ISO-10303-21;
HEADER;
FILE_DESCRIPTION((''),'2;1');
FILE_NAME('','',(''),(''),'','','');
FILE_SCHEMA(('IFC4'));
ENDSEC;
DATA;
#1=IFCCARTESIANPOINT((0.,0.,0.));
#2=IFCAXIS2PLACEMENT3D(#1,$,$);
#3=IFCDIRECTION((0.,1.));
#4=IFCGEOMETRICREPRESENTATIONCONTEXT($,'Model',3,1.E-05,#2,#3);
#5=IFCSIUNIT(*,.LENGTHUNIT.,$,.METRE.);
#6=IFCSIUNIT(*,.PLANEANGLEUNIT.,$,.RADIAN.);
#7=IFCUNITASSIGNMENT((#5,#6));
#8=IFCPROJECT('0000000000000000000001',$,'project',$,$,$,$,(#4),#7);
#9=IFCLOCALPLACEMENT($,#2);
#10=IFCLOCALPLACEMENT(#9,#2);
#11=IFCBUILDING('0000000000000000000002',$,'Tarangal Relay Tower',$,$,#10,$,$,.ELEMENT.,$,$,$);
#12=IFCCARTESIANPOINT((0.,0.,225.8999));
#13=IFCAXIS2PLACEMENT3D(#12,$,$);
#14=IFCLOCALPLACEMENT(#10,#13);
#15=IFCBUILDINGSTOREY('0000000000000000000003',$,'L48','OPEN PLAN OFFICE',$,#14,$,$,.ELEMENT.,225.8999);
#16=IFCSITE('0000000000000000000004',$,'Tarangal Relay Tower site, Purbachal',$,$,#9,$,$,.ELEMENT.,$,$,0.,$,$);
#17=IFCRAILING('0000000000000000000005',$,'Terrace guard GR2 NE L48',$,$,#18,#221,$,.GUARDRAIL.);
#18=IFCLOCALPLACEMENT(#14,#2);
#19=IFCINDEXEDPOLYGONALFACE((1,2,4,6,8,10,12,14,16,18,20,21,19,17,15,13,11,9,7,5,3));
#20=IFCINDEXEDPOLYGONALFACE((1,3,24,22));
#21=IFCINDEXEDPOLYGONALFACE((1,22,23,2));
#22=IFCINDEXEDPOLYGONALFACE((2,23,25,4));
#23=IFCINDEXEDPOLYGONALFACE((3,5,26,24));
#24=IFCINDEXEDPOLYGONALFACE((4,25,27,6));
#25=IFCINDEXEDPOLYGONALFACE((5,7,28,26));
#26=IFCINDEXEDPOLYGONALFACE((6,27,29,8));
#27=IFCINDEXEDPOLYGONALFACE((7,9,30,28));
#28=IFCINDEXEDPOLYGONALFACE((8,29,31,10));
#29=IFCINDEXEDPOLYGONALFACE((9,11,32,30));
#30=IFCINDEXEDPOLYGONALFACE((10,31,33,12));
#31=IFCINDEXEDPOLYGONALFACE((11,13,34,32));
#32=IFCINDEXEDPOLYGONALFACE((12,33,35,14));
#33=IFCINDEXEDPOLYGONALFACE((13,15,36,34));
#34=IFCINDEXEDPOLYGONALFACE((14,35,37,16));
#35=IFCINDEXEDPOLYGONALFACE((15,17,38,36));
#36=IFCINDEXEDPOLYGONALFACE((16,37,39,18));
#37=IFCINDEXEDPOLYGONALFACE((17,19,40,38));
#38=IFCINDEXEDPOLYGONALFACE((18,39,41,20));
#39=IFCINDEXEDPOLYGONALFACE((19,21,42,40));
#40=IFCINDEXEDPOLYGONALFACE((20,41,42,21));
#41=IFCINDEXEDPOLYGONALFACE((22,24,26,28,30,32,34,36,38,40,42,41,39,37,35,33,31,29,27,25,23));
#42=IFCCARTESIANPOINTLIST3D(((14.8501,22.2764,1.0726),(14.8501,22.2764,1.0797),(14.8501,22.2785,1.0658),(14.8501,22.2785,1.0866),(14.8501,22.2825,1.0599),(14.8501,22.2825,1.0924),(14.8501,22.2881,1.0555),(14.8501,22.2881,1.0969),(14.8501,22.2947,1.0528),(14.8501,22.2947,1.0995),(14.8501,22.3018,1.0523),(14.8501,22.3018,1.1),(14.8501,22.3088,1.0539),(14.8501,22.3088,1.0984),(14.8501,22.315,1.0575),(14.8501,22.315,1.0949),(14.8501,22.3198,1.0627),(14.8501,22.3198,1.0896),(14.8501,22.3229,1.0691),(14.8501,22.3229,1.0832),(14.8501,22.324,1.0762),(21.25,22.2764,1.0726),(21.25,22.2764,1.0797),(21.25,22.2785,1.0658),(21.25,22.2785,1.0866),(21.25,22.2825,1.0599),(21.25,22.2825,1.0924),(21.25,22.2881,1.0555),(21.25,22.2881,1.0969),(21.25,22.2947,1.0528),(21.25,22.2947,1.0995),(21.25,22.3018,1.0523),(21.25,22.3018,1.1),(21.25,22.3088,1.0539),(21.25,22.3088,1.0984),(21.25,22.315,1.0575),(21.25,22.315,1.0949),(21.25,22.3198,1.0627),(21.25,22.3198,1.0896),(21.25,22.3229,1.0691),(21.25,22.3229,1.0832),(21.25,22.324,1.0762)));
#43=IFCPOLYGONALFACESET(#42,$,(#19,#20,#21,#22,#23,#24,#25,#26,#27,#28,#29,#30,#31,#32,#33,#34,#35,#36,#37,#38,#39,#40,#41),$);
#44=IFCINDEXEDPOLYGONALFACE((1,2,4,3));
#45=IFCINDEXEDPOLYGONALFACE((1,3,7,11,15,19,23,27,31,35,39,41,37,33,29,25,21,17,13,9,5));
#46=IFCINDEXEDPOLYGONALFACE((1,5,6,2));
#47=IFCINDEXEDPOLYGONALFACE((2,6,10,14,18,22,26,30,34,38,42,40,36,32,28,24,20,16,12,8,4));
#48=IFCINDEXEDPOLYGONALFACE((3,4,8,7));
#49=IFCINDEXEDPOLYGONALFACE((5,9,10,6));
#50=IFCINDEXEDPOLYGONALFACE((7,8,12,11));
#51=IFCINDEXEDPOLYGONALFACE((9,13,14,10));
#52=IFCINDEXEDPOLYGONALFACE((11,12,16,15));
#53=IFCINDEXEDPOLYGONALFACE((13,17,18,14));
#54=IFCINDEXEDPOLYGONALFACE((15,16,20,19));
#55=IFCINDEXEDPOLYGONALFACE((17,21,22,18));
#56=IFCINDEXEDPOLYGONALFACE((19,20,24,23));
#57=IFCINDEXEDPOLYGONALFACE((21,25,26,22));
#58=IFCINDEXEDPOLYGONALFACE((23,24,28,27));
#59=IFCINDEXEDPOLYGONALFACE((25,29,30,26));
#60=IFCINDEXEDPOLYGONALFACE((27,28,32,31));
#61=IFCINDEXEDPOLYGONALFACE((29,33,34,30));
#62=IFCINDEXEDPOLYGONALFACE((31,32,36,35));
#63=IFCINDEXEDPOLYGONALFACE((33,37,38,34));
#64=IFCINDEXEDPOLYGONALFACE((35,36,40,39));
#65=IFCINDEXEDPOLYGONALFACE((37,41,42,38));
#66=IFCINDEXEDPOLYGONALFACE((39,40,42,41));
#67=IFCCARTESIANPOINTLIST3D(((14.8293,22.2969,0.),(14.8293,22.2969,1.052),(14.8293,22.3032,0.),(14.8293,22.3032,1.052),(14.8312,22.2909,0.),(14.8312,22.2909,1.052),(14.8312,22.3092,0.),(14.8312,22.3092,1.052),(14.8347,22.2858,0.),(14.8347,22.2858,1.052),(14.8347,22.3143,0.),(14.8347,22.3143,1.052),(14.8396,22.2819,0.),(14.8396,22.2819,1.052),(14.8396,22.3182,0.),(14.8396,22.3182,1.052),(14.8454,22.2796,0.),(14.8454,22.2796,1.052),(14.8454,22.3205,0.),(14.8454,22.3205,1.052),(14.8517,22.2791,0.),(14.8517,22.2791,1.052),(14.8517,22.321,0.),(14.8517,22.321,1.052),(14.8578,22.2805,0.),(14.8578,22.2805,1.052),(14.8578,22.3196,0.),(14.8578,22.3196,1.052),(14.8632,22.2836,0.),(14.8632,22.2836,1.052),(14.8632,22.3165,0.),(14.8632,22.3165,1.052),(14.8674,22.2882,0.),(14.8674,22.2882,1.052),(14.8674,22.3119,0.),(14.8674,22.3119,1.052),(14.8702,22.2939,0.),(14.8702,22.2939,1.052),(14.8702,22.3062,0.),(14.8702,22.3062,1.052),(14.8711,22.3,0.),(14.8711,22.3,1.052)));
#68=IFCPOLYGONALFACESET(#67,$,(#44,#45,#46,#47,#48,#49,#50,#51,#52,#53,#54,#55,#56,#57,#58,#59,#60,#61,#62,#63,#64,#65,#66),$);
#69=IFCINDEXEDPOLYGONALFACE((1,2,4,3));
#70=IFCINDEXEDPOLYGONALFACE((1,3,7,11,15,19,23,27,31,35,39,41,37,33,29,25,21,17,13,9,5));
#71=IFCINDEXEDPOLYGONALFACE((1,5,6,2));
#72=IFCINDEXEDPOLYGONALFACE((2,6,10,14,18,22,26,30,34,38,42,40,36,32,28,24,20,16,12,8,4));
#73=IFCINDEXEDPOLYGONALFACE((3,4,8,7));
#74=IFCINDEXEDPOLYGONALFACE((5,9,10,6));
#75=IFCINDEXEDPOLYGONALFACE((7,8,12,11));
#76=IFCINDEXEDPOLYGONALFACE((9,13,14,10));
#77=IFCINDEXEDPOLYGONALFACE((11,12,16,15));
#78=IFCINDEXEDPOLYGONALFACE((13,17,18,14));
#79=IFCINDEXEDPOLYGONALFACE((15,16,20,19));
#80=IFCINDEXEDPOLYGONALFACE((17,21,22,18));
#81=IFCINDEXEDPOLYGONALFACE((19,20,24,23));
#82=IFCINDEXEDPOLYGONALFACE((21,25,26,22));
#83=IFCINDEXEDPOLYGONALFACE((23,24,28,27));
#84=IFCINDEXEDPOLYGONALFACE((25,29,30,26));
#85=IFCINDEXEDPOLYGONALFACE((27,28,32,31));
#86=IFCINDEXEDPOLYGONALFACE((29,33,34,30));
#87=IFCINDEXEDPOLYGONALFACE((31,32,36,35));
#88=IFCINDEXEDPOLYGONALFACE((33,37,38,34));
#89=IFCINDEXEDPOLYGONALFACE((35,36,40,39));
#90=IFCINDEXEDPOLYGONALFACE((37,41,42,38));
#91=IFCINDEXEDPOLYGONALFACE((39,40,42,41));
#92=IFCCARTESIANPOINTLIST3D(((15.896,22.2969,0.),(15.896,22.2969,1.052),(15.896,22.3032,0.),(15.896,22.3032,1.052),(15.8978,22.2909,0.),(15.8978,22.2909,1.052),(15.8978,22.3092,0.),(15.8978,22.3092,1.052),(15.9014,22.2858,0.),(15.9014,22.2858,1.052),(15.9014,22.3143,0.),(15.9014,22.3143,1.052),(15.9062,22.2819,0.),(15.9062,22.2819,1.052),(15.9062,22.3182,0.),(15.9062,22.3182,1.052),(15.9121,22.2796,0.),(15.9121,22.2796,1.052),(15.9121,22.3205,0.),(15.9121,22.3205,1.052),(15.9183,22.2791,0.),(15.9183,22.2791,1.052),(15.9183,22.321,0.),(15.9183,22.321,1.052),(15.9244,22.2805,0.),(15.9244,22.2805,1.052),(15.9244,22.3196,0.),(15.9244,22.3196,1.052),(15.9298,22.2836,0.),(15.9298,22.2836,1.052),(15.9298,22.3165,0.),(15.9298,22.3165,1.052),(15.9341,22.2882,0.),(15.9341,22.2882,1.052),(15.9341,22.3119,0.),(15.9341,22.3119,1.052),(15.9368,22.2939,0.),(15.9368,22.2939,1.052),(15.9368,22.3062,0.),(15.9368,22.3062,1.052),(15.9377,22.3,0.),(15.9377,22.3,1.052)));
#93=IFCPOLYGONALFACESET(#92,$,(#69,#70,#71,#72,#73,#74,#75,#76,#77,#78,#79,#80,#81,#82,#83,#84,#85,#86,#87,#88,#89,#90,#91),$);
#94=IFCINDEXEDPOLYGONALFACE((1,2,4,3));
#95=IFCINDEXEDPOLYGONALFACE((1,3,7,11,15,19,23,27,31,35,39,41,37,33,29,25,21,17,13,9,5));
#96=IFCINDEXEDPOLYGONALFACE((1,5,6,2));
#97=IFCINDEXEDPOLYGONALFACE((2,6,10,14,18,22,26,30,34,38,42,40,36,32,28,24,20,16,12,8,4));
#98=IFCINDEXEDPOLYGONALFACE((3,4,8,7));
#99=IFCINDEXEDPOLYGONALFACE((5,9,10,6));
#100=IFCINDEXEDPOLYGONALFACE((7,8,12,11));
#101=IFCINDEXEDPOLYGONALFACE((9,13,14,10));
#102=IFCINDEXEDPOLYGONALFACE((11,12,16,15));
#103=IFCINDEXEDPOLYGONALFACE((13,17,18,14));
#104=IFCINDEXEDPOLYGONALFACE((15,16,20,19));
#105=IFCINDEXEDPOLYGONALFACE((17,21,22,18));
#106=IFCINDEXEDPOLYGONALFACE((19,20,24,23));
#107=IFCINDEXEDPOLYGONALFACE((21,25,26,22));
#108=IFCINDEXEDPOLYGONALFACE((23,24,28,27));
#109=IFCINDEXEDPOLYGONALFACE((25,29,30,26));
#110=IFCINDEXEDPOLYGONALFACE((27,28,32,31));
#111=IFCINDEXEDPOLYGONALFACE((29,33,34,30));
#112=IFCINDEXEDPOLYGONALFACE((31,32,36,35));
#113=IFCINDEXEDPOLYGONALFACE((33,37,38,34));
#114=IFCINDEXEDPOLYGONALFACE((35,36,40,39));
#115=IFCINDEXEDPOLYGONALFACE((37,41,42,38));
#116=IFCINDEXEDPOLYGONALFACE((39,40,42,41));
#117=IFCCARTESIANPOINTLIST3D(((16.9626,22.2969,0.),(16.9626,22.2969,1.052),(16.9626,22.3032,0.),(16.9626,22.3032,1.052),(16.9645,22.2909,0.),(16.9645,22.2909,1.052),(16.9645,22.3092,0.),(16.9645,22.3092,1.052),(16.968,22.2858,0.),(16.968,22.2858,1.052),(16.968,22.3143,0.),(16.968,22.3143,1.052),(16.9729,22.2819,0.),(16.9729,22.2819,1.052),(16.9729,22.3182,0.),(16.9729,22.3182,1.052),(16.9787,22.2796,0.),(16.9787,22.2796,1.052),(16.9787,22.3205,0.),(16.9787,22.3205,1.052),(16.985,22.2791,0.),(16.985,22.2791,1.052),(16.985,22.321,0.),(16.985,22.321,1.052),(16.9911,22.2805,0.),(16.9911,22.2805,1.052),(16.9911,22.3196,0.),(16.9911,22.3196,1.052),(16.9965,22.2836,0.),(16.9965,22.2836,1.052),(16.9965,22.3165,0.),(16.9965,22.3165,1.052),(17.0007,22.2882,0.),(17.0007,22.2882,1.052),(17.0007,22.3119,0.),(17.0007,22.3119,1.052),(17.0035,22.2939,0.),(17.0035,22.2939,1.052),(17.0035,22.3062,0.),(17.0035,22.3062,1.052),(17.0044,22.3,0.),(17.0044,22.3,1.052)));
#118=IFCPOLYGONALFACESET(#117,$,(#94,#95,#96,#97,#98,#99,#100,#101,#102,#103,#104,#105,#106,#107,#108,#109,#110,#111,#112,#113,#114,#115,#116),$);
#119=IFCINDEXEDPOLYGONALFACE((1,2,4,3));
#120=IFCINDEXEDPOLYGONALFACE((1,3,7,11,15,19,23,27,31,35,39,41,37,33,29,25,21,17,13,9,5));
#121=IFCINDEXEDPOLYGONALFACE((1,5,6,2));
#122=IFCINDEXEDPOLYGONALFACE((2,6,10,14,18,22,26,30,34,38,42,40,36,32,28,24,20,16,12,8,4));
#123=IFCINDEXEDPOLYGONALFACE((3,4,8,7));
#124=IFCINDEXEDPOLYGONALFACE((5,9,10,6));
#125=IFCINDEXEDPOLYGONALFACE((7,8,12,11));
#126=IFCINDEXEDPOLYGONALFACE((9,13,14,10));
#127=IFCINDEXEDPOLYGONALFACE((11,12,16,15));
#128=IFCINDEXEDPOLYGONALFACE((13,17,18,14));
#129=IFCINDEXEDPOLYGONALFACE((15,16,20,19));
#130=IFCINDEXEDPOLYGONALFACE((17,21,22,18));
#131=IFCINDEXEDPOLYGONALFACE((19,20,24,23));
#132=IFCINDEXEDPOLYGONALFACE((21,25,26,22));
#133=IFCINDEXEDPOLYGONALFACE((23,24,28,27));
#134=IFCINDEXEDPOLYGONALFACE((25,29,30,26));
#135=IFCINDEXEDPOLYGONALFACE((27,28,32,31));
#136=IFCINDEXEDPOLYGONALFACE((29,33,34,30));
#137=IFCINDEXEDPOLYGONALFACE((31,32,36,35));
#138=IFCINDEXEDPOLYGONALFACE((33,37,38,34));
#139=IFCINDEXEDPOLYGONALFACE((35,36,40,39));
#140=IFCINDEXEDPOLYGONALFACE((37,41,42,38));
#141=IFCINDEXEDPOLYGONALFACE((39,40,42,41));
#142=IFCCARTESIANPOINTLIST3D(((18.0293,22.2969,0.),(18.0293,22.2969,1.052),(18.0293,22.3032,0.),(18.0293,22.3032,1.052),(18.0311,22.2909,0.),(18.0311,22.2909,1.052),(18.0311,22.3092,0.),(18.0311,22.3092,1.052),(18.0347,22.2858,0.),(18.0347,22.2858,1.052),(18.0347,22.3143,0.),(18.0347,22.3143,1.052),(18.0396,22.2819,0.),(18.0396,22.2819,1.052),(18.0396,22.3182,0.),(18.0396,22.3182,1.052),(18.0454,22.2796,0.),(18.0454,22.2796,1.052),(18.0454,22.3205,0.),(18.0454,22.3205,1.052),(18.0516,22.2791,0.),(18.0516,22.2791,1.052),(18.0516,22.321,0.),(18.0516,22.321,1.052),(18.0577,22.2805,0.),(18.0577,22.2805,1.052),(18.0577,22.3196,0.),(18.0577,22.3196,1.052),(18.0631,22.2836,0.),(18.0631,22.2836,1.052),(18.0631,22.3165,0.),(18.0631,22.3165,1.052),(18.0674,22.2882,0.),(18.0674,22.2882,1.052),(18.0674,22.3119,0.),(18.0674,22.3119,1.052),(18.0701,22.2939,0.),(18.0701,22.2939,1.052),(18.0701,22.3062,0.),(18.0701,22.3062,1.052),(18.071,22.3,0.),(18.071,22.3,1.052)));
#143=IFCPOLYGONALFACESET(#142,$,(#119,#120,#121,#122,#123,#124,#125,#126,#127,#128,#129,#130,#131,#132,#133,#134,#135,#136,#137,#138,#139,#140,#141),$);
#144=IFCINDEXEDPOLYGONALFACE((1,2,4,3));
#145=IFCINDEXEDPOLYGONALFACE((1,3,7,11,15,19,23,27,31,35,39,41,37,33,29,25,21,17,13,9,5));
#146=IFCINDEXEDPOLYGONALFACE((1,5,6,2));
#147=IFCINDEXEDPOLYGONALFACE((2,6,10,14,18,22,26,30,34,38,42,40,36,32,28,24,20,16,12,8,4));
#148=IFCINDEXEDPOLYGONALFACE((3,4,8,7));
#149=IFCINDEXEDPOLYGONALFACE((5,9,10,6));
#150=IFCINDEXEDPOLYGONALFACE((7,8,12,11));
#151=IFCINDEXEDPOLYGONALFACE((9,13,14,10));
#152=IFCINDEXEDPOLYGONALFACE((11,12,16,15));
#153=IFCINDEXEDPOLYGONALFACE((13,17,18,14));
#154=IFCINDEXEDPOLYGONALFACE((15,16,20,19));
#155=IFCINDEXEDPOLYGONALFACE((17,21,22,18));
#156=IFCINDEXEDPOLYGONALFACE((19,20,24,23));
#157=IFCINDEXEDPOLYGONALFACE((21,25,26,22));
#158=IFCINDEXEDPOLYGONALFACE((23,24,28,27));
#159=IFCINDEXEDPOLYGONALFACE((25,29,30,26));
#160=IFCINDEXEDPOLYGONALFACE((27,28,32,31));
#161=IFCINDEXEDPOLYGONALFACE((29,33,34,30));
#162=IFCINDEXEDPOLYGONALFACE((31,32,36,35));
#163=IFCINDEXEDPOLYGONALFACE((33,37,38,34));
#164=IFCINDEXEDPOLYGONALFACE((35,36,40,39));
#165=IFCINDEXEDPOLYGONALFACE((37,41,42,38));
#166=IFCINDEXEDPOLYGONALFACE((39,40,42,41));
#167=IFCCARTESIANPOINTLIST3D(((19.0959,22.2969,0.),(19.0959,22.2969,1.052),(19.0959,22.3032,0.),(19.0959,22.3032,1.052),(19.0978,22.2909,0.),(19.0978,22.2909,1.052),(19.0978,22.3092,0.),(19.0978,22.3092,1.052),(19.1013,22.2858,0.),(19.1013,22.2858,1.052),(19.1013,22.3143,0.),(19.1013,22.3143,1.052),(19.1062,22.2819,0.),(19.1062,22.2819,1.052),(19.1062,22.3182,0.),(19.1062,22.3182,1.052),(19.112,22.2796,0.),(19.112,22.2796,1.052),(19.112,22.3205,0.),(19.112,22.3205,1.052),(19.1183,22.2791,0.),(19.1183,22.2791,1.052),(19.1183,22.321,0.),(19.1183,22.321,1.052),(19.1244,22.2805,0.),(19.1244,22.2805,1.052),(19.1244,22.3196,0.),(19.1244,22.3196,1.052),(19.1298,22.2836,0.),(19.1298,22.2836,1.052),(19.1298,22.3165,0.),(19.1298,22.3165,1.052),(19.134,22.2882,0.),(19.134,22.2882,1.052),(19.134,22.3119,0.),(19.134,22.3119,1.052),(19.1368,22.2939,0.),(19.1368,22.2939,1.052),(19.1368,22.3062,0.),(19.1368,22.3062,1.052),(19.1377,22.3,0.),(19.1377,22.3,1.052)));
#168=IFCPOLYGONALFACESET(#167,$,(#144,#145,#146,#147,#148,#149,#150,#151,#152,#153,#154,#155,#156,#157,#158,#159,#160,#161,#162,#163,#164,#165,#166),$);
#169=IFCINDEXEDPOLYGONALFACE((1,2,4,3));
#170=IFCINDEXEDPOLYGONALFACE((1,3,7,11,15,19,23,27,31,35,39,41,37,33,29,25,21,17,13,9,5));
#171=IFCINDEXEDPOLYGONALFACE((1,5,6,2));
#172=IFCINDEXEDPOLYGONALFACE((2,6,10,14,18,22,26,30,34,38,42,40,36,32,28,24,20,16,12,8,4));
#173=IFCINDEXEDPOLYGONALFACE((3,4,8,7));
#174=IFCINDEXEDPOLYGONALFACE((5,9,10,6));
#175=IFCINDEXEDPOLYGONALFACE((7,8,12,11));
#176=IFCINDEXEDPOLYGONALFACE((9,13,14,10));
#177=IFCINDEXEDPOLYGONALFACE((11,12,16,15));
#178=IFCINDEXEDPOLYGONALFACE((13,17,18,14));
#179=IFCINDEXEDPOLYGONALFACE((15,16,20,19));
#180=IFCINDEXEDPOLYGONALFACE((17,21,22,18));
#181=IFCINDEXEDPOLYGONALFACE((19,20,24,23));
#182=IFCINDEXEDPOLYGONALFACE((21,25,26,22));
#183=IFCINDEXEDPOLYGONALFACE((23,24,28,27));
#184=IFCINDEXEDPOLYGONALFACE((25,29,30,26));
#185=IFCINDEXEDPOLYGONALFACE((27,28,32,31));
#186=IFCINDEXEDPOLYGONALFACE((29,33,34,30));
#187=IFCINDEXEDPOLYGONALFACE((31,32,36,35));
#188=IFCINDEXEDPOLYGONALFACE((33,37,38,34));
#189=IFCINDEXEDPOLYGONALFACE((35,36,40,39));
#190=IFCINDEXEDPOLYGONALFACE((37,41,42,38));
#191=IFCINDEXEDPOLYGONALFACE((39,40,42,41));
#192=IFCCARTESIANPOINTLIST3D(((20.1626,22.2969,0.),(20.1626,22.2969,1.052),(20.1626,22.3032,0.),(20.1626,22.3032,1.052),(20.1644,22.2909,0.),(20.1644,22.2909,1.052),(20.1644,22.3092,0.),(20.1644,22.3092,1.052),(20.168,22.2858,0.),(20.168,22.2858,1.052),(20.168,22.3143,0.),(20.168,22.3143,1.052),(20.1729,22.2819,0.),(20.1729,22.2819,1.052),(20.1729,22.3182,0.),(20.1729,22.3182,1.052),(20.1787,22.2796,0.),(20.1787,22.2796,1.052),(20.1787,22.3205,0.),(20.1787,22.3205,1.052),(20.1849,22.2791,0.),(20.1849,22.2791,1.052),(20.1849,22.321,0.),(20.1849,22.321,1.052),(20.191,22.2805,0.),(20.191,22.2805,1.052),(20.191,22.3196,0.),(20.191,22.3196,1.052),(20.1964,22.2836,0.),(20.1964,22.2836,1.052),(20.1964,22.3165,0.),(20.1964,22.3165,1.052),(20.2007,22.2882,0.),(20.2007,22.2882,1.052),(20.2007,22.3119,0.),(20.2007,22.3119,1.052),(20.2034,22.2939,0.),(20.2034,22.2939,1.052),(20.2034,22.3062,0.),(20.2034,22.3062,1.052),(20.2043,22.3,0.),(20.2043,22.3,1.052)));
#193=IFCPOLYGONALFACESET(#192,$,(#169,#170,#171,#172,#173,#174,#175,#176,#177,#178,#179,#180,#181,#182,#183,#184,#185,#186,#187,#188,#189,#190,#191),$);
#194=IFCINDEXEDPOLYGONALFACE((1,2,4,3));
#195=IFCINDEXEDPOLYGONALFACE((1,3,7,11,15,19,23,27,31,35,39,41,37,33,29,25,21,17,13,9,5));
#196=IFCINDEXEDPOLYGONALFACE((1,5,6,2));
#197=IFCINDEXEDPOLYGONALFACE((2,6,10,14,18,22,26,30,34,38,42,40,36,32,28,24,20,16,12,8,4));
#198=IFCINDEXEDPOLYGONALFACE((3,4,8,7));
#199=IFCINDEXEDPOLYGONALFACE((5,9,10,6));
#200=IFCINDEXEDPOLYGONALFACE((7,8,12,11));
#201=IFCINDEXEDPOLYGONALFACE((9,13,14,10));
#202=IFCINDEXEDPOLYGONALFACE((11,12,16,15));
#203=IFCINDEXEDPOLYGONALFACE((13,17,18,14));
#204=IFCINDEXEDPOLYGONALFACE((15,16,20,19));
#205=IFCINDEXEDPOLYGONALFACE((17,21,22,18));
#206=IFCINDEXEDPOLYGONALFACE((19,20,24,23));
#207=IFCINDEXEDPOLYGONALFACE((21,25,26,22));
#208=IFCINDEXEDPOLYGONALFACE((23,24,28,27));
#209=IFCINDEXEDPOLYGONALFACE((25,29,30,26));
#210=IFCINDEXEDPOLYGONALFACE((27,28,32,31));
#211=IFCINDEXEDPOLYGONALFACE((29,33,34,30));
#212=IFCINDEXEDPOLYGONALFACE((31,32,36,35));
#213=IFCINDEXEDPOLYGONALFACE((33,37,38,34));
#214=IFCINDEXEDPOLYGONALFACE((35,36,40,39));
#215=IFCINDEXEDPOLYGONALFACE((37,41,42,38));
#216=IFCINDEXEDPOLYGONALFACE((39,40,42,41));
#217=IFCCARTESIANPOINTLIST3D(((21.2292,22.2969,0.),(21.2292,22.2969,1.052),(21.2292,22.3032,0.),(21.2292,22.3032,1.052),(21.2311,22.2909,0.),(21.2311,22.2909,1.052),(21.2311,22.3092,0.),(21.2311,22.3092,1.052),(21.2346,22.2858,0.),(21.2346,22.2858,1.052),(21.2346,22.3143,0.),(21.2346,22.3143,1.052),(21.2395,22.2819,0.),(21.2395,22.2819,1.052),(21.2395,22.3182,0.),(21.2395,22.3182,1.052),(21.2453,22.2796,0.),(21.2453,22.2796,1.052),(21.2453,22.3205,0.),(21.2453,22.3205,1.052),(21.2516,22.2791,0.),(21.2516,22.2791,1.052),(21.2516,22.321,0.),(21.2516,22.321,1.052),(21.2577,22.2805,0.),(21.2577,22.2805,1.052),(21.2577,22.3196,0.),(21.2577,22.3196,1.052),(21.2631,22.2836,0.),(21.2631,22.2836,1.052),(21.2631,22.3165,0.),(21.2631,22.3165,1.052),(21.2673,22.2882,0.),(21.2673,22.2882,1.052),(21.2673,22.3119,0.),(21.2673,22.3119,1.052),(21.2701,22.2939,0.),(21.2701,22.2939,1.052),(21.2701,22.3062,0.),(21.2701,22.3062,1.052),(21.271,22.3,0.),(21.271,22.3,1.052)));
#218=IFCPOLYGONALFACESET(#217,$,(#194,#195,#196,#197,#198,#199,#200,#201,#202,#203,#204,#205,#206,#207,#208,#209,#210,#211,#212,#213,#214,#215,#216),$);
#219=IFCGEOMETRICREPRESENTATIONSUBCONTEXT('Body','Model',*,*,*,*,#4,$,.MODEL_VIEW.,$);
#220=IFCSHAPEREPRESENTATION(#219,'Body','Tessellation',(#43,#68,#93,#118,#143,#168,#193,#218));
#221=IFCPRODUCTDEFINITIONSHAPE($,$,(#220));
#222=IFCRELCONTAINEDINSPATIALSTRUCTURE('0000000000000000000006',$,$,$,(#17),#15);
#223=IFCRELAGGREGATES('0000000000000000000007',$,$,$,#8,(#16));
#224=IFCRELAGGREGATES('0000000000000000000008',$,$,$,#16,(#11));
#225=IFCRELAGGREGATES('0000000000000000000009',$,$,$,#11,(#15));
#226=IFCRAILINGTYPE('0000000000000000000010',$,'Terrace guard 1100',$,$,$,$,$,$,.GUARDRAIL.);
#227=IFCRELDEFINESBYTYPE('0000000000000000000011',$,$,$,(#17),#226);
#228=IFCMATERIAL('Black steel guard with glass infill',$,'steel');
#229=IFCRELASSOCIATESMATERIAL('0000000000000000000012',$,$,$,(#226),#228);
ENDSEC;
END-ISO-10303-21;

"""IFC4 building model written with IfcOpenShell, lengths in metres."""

from ifc_helpers import new_model, si_unit, direction, frame, origin, origin_2d, place, context, subcontext, project, spatial, circle, extrude, material, type_object, element, save


model = new_model("IFC4")

# Units and contexts
model_context = context("Model", 3, precision=1e-05, world=origin(), true_north=direction((0.0, 1.0)))
body_context = subcontext(model_context, "Body", "Model", "MODEL_VIEW")
ifc_project = project(units=[si_unit("LENGTHUNIT", "METRE"), si_unit("PLANEANGLEUNIT", "RADIAN")], contexts=[model_context])

# Site, building, storey
site_placement = place(None, origin())
site = spatial("IfcSite", under=ifc_project, at=site_placement, Name="Tarangal Relay Tower site, Purbachal", CompositionType="ELEMENT", RefElevation=0.0)
building_placement = place(site_placement, origin())
building = spatial("IfcBuilding", under=site, at=building_placement, Name="Tarangal Relay Tower", CompositionType="ELEMENT")
storey_placement = place(building_placement, frame((0.0, 0.0, 225.8999)))
storey = spatial("IfcBuildingStorey", under=building, at=storey_placement, Name="L48", Description="OPEN PLAN OFFICE", CompositionType="ELEMENT", Elevation=225.8999)

# Railing
ifc_material_1 = material(Name="Black steel guard with glass infill", Category="steel")
railing_type = type_object("IfcRailingType", Name="Terrace guard 1100", PredefinedType="GUARDRAIL", material=ifc_material_1)
railing_1_placement = place(storey_placement, frame((14.8501, 22.3, 0.0)))
element("IfcRailing", 1, at=railing_1_placement, inside=storey, type_object=railing_type, Name="Terrace guard GR2 NE L48", PredefinedType="GUARDRAIL", context=body_context, shape_type="SweptSolid", body=[
    extrude(circle(Radius=0.0239, at=origin_2d()), frame((0.0, 0.0, 1.0762), z_axis=(1.0, 0.0, 0.0), x_axis=(0.0, 1.0, 0.0)), (0.0, 0.0, 1.0), 6.3999),
    extrude(circle(Radius=0.021, at=origin_2d()), origin(), (0.0, 0.0, 1.0), 1.052),
    extrude(circle(Radius=0.021, at=origin_2d()), frame((1.0667, 0.0, 0.0)), (0.0, 0.0, 1.0), 1.052),
    extrude(circle(Radius=0.021, at=origin_2d()), frame((2.1333, 0.0, 0.0)), (0.0, 0.0, 1.0), 1.052),
    extrude(circle(Radius=0.021, at=origin_2d()), frame((3.2, 0.0, 0.0)), (0.0, 0.0, 1.0), 1.052),
    extrude(circle(Radius=0.021, at=origin_2d()), frame((4.2666, 0.0, 0.0)), (0.0, 0.0, 1.0), 1.052),
    extrude(circle(Radius=0.021, at=origin_2d()), frame((5.3333, 0.0, 0.0)), (0.0, 0.0, 1.0), 1.052),
    extrude(circle(Radius=0.021, at=origin_2d()), frame((6.3999, 0.0, 0.0)), (0.0, 0.0, 1.0), 1.052),
])

save(model, "model.ifc")
